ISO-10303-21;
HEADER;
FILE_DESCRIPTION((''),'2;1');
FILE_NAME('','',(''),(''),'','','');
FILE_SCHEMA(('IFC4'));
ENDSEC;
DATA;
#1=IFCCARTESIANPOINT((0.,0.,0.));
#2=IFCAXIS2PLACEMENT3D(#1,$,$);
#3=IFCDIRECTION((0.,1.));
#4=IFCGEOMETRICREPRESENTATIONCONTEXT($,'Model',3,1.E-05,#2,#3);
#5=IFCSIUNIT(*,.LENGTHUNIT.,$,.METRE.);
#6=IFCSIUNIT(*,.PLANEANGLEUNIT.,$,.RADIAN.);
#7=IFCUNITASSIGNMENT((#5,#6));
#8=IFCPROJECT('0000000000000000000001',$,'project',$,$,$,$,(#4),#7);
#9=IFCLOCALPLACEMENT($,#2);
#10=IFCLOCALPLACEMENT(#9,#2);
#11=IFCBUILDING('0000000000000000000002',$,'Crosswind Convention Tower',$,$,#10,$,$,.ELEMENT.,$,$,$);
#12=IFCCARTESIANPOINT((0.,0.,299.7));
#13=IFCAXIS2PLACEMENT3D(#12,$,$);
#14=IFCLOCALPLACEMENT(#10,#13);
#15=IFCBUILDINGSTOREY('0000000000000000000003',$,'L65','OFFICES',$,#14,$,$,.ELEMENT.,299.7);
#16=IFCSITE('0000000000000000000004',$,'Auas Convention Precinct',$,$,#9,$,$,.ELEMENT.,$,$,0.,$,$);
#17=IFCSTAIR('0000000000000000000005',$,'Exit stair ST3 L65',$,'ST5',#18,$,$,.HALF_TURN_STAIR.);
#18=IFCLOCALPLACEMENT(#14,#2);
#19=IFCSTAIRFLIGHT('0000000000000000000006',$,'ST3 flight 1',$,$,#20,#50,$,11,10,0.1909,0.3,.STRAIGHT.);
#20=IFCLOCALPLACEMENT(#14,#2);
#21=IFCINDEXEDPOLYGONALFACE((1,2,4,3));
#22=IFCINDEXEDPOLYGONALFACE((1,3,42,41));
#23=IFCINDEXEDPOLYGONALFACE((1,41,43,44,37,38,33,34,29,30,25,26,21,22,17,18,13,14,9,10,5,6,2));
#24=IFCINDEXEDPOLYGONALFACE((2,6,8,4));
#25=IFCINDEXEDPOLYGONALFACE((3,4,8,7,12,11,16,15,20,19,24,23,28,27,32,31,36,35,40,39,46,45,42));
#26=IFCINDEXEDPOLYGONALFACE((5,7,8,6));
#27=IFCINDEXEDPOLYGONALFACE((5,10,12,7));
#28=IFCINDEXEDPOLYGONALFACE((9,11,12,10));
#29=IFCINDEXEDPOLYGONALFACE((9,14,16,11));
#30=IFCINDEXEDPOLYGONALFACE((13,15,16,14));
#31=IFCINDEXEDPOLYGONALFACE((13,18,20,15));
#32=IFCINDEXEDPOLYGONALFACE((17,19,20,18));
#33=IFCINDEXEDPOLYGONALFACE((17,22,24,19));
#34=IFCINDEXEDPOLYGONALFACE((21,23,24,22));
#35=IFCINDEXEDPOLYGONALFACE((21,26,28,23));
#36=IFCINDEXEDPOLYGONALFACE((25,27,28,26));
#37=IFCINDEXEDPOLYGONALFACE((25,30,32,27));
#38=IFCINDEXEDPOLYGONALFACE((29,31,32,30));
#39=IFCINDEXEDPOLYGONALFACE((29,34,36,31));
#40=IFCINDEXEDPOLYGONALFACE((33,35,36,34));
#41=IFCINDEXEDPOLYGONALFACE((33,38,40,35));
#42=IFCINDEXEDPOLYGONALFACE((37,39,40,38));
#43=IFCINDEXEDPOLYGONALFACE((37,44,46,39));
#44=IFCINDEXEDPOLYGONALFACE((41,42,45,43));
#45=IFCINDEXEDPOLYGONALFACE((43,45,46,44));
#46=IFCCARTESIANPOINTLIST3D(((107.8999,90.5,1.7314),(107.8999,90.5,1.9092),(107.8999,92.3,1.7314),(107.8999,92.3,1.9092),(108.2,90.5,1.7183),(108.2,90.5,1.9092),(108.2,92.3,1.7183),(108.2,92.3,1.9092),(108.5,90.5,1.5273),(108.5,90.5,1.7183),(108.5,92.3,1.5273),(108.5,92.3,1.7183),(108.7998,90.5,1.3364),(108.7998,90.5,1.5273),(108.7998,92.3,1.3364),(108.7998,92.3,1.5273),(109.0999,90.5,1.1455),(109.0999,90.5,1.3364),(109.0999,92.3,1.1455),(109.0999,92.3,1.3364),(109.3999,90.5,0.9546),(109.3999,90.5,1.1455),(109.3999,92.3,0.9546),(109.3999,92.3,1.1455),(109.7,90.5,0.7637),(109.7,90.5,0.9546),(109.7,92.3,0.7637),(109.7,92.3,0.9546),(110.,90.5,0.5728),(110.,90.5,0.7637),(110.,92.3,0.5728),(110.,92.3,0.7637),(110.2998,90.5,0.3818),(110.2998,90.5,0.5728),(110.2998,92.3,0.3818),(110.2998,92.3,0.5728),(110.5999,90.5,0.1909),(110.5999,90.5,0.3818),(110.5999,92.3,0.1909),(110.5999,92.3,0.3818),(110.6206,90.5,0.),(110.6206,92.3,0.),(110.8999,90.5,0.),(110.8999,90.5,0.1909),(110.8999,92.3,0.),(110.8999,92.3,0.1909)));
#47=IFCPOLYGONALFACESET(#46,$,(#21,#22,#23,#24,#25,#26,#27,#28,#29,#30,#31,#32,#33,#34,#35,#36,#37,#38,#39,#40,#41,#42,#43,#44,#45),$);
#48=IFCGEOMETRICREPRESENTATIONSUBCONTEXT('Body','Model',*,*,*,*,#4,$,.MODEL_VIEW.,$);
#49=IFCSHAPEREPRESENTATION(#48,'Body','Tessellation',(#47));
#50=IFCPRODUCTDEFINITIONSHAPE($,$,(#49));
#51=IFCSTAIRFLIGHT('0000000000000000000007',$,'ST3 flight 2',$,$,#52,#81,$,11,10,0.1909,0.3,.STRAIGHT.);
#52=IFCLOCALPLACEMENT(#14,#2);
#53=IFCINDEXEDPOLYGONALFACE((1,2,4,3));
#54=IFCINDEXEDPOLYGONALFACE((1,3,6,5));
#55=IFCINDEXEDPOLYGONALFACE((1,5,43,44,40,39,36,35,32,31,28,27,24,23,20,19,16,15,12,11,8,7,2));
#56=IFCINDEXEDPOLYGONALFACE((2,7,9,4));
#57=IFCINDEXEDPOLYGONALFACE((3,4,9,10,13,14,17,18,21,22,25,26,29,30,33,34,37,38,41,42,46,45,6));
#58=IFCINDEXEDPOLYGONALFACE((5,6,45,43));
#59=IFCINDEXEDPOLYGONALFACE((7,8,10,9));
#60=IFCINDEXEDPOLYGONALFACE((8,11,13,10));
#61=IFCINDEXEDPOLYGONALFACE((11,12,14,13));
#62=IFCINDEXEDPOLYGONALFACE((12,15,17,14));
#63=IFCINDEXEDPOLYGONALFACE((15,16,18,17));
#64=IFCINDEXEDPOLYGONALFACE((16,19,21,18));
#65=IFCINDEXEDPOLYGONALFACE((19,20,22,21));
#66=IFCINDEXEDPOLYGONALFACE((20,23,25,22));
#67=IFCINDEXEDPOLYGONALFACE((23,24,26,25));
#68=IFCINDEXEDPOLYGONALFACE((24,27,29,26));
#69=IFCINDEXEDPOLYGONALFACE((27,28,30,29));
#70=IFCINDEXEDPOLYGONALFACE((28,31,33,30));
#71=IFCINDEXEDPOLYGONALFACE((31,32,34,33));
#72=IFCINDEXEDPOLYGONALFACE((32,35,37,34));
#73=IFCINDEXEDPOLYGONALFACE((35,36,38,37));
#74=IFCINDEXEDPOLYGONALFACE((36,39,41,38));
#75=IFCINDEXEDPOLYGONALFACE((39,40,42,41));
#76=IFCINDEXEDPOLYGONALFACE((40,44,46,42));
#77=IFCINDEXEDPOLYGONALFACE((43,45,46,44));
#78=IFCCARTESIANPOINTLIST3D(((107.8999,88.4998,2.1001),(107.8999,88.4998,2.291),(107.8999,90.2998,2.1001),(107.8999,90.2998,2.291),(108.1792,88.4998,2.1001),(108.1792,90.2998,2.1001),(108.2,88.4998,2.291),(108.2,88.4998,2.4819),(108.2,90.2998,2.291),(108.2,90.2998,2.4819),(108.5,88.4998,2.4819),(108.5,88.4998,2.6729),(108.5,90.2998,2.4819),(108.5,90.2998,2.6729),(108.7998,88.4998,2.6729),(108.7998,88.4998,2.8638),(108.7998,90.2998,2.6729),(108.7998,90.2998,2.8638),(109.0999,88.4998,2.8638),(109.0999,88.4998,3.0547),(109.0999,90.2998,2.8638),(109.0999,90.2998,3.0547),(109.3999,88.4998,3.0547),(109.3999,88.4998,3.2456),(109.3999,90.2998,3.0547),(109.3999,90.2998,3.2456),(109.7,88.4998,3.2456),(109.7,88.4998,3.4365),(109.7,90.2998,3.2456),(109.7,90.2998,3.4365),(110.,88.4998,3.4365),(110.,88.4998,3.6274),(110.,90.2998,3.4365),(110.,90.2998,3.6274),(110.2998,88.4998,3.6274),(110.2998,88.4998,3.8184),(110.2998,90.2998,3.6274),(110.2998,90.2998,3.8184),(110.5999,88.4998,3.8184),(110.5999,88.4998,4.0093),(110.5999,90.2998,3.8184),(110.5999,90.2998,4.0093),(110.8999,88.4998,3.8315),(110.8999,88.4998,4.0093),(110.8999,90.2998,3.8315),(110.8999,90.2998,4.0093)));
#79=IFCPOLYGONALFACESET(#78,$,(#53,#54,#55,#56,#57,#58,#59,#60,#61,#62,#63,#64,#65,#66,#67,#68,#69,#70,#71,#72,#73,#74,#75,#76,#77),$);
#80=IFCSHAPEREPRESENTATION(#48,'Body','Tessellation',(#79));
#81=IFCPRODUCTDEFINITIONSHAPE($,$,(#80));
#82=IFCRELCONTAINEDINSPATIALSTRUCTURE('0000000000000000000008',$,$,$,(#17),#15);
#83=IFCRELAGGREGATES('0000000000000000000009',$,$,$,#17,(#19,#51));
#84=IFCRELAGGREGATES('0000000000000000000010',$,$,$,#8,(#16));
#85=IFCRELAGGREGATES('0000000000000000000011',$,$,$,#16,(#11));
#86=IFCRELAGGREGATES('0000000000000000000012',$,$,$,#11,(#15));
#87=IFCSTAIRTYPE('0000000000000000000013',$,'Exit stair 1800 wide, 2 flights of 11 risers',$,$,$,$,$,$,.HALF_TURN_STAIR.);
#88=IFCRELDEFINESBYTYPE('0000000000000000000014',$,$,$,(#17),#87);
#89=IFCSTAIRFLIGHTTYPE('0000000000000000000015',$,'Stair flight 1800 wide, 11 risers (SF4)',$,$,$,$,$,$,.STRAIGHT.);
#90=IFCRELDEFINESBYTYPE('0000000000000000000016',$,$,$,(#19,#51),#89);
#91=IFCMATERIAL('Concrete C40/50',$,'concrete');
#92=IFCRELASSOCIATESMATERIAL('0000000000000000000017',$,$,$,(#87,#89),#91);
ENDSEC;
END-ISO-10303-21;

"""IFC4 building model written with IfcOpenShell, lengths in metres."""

from ifc_helpers import new_model, si_unit, direction, frame, origin, place, context, subcontext, project, spatial, polyline, outline, extrude, material, type_object, element, aggregate, save


model = new_model("IFC4")

# Units and contexts
model_context = context("Model", 3, precision=1e-05, world=origin(), true_north=direction((0.0, 1.0)))
body_context = subcontext(model_context, "Body", "Model", "MODEL_VIEW")
ifc_project = project(units=[si_unit("LENGTHUNIT", "METRE"), si_unit("PLANEANGLEUNIT", "RADIAN")], contexts=[model_context])

# Site, building, storey
site_placement = place(None, origin())
site = spatial("IfcSite", under=ifc_project, at=site_placement, Name="Auas Convention Precinct", CompositionType="ELEMENT", RefElevation=0.0)
building_placement = place(site_placement, origin())
building = spatial("IfcBuilding", under=site, at=building_placement, Name="Crosswind Convention Tower", CompositionType="ELEMENT")
storey_placement = place(building_placement, frame((0.0, 0.0, 299.7)))
storey = spatial("IfcBuildingStorey", under=building, at=storey_placement, Name="L65", Description="OFFICES", CompositionType="ELEMENT", Elevation=299.7)

# Shared definitions
ifc_material_1 = material(Name="Concrete C40/50", Category="concrete")

# Stair
stair_type = type_object("IfcStairType", Name="Exit stair 1800 wide, 2 flights of 11 risers", PredefinedType="HALF_TURN_STAIR", material=ifc_material_1)
stair_1_placement = place(storey_placement, origin())
stair_1 = element("IfcStair", 1, at=stair_1_placement, inside=storey, type_object=stair_type, Name="Exit stair ST3 L65", ObjectType="ST5", PredefinedType="HALF_TURN_STAIR")

# Stair flights
stair_flight_type = type_object("IfcStairFlightType", Name="Stair flight 1800 wide, 11 risers (SF4)", PredefinedType="STRAIGHT", material=ifc_material_1)
stair_flight_1_placement = place(storey_placement, frame((110.8999, 91.3999, 0.0), z_axis=(0.0, 0.0, 1.0), x_axis=(-1.0, 0.0, 0.0)))
stair_flight_1 = element("IfcStairFlight", 2, at=stair_flight_1_placement, type_object=stair_flight_type, Name="ST3 flight 1", NumberOfRisers=11, NumberOfTreads=10, PredefinedType="STRAIGHT", RiserHeight=0.1909, TreadLength=0.3, context=body_context, shape_type="SweptSolid", body=[
    extrude(outline(polyline([(0.0, 0.0), (0.0, 0.1909), (0.3, 0.1909), (0.3, 0.3818), (0.6001, 0.3818), (0.6001, 0.5728), (0.8999, 0.5728), (0.8999, 0.7637), (1.2, 0.7637), (1.2, 0.9546), (1.5, 0.9546), (1.5, 1.1455), (1.8, 1.1455), (1.8, 1.3364), (2.1001, 1.3364), (2.1001, 1.5273), (2.3999, 1.5273), (2.3999, 1.7183), (2.7, 1.7183), (2.7, 1.9092), (3.0, 1.9092), (3.0, 2.1001), (3.0, 1.7314), (0.2793, 0.0), (0.0, 0.0)])), frame((0.0, 0.8999, 0.0), z_axis=(0.0, -1.0, 0.0), x_axis=(1.0, 0.0, 0.0)), (0.0, 0.0, 1.0), 1.8),
])
stair_flight_2_placement = place(storey_placement, frame((107.8999, 89.3999, 2.1001), z_axis=(0.0, 0.0, 1.0), x_axis=(1.0, 0.0, 0.0)))
stair_flight_2 = element("IfcStairFlight", 3, at=stair_flight_2_placement, type_object=stair_flight_type, Name="ST3 flight 2", NumberOfRisers=11, NumberOfTreads=10, PredefinedType="STRAIGHT", RiserHeight=0.1909, TreadLength=0.3, context=body_context, shape_type="SweptSolid", body=[
    extrude(outline(polyline([(0.0, 0.0), (0.0, 0.1909), (0.3, 0.1909), (0.3, 0.3818), (0.6001, 0.3818), (0.6001, 0.5728), (0.8999, 0.5728), (0.8999, 0.7637), (1.2, 0.7637), (1.2, 0.9546), (1.5, 0.9546), (1.5, 1.1455), (1.8, 1.1455), (1.8, 1.3364), (2.1001, 1.3364), (2.1001, 1.5273), (2.3999, 1.5273), (2.3999, 1.7183), (2.7, 1.7183), (2.7, 1.9092), (3.0, 1.9092), (3.0, 2.1001), (3.0, 1.7314), (0.2793, 0.0), (0.0, 0.0)])), frame((0.0, 0.8999, 0.0), z_axis=(0.0, -1.0, 0.0), x_axis=(1.0, 0.0, 0.0)), (0.0, 0.0, 1.0), 1.8),
])
aggregate(stair_1, [stair_flight_1, stair_flight_2])

save(model, "model.ifc")
